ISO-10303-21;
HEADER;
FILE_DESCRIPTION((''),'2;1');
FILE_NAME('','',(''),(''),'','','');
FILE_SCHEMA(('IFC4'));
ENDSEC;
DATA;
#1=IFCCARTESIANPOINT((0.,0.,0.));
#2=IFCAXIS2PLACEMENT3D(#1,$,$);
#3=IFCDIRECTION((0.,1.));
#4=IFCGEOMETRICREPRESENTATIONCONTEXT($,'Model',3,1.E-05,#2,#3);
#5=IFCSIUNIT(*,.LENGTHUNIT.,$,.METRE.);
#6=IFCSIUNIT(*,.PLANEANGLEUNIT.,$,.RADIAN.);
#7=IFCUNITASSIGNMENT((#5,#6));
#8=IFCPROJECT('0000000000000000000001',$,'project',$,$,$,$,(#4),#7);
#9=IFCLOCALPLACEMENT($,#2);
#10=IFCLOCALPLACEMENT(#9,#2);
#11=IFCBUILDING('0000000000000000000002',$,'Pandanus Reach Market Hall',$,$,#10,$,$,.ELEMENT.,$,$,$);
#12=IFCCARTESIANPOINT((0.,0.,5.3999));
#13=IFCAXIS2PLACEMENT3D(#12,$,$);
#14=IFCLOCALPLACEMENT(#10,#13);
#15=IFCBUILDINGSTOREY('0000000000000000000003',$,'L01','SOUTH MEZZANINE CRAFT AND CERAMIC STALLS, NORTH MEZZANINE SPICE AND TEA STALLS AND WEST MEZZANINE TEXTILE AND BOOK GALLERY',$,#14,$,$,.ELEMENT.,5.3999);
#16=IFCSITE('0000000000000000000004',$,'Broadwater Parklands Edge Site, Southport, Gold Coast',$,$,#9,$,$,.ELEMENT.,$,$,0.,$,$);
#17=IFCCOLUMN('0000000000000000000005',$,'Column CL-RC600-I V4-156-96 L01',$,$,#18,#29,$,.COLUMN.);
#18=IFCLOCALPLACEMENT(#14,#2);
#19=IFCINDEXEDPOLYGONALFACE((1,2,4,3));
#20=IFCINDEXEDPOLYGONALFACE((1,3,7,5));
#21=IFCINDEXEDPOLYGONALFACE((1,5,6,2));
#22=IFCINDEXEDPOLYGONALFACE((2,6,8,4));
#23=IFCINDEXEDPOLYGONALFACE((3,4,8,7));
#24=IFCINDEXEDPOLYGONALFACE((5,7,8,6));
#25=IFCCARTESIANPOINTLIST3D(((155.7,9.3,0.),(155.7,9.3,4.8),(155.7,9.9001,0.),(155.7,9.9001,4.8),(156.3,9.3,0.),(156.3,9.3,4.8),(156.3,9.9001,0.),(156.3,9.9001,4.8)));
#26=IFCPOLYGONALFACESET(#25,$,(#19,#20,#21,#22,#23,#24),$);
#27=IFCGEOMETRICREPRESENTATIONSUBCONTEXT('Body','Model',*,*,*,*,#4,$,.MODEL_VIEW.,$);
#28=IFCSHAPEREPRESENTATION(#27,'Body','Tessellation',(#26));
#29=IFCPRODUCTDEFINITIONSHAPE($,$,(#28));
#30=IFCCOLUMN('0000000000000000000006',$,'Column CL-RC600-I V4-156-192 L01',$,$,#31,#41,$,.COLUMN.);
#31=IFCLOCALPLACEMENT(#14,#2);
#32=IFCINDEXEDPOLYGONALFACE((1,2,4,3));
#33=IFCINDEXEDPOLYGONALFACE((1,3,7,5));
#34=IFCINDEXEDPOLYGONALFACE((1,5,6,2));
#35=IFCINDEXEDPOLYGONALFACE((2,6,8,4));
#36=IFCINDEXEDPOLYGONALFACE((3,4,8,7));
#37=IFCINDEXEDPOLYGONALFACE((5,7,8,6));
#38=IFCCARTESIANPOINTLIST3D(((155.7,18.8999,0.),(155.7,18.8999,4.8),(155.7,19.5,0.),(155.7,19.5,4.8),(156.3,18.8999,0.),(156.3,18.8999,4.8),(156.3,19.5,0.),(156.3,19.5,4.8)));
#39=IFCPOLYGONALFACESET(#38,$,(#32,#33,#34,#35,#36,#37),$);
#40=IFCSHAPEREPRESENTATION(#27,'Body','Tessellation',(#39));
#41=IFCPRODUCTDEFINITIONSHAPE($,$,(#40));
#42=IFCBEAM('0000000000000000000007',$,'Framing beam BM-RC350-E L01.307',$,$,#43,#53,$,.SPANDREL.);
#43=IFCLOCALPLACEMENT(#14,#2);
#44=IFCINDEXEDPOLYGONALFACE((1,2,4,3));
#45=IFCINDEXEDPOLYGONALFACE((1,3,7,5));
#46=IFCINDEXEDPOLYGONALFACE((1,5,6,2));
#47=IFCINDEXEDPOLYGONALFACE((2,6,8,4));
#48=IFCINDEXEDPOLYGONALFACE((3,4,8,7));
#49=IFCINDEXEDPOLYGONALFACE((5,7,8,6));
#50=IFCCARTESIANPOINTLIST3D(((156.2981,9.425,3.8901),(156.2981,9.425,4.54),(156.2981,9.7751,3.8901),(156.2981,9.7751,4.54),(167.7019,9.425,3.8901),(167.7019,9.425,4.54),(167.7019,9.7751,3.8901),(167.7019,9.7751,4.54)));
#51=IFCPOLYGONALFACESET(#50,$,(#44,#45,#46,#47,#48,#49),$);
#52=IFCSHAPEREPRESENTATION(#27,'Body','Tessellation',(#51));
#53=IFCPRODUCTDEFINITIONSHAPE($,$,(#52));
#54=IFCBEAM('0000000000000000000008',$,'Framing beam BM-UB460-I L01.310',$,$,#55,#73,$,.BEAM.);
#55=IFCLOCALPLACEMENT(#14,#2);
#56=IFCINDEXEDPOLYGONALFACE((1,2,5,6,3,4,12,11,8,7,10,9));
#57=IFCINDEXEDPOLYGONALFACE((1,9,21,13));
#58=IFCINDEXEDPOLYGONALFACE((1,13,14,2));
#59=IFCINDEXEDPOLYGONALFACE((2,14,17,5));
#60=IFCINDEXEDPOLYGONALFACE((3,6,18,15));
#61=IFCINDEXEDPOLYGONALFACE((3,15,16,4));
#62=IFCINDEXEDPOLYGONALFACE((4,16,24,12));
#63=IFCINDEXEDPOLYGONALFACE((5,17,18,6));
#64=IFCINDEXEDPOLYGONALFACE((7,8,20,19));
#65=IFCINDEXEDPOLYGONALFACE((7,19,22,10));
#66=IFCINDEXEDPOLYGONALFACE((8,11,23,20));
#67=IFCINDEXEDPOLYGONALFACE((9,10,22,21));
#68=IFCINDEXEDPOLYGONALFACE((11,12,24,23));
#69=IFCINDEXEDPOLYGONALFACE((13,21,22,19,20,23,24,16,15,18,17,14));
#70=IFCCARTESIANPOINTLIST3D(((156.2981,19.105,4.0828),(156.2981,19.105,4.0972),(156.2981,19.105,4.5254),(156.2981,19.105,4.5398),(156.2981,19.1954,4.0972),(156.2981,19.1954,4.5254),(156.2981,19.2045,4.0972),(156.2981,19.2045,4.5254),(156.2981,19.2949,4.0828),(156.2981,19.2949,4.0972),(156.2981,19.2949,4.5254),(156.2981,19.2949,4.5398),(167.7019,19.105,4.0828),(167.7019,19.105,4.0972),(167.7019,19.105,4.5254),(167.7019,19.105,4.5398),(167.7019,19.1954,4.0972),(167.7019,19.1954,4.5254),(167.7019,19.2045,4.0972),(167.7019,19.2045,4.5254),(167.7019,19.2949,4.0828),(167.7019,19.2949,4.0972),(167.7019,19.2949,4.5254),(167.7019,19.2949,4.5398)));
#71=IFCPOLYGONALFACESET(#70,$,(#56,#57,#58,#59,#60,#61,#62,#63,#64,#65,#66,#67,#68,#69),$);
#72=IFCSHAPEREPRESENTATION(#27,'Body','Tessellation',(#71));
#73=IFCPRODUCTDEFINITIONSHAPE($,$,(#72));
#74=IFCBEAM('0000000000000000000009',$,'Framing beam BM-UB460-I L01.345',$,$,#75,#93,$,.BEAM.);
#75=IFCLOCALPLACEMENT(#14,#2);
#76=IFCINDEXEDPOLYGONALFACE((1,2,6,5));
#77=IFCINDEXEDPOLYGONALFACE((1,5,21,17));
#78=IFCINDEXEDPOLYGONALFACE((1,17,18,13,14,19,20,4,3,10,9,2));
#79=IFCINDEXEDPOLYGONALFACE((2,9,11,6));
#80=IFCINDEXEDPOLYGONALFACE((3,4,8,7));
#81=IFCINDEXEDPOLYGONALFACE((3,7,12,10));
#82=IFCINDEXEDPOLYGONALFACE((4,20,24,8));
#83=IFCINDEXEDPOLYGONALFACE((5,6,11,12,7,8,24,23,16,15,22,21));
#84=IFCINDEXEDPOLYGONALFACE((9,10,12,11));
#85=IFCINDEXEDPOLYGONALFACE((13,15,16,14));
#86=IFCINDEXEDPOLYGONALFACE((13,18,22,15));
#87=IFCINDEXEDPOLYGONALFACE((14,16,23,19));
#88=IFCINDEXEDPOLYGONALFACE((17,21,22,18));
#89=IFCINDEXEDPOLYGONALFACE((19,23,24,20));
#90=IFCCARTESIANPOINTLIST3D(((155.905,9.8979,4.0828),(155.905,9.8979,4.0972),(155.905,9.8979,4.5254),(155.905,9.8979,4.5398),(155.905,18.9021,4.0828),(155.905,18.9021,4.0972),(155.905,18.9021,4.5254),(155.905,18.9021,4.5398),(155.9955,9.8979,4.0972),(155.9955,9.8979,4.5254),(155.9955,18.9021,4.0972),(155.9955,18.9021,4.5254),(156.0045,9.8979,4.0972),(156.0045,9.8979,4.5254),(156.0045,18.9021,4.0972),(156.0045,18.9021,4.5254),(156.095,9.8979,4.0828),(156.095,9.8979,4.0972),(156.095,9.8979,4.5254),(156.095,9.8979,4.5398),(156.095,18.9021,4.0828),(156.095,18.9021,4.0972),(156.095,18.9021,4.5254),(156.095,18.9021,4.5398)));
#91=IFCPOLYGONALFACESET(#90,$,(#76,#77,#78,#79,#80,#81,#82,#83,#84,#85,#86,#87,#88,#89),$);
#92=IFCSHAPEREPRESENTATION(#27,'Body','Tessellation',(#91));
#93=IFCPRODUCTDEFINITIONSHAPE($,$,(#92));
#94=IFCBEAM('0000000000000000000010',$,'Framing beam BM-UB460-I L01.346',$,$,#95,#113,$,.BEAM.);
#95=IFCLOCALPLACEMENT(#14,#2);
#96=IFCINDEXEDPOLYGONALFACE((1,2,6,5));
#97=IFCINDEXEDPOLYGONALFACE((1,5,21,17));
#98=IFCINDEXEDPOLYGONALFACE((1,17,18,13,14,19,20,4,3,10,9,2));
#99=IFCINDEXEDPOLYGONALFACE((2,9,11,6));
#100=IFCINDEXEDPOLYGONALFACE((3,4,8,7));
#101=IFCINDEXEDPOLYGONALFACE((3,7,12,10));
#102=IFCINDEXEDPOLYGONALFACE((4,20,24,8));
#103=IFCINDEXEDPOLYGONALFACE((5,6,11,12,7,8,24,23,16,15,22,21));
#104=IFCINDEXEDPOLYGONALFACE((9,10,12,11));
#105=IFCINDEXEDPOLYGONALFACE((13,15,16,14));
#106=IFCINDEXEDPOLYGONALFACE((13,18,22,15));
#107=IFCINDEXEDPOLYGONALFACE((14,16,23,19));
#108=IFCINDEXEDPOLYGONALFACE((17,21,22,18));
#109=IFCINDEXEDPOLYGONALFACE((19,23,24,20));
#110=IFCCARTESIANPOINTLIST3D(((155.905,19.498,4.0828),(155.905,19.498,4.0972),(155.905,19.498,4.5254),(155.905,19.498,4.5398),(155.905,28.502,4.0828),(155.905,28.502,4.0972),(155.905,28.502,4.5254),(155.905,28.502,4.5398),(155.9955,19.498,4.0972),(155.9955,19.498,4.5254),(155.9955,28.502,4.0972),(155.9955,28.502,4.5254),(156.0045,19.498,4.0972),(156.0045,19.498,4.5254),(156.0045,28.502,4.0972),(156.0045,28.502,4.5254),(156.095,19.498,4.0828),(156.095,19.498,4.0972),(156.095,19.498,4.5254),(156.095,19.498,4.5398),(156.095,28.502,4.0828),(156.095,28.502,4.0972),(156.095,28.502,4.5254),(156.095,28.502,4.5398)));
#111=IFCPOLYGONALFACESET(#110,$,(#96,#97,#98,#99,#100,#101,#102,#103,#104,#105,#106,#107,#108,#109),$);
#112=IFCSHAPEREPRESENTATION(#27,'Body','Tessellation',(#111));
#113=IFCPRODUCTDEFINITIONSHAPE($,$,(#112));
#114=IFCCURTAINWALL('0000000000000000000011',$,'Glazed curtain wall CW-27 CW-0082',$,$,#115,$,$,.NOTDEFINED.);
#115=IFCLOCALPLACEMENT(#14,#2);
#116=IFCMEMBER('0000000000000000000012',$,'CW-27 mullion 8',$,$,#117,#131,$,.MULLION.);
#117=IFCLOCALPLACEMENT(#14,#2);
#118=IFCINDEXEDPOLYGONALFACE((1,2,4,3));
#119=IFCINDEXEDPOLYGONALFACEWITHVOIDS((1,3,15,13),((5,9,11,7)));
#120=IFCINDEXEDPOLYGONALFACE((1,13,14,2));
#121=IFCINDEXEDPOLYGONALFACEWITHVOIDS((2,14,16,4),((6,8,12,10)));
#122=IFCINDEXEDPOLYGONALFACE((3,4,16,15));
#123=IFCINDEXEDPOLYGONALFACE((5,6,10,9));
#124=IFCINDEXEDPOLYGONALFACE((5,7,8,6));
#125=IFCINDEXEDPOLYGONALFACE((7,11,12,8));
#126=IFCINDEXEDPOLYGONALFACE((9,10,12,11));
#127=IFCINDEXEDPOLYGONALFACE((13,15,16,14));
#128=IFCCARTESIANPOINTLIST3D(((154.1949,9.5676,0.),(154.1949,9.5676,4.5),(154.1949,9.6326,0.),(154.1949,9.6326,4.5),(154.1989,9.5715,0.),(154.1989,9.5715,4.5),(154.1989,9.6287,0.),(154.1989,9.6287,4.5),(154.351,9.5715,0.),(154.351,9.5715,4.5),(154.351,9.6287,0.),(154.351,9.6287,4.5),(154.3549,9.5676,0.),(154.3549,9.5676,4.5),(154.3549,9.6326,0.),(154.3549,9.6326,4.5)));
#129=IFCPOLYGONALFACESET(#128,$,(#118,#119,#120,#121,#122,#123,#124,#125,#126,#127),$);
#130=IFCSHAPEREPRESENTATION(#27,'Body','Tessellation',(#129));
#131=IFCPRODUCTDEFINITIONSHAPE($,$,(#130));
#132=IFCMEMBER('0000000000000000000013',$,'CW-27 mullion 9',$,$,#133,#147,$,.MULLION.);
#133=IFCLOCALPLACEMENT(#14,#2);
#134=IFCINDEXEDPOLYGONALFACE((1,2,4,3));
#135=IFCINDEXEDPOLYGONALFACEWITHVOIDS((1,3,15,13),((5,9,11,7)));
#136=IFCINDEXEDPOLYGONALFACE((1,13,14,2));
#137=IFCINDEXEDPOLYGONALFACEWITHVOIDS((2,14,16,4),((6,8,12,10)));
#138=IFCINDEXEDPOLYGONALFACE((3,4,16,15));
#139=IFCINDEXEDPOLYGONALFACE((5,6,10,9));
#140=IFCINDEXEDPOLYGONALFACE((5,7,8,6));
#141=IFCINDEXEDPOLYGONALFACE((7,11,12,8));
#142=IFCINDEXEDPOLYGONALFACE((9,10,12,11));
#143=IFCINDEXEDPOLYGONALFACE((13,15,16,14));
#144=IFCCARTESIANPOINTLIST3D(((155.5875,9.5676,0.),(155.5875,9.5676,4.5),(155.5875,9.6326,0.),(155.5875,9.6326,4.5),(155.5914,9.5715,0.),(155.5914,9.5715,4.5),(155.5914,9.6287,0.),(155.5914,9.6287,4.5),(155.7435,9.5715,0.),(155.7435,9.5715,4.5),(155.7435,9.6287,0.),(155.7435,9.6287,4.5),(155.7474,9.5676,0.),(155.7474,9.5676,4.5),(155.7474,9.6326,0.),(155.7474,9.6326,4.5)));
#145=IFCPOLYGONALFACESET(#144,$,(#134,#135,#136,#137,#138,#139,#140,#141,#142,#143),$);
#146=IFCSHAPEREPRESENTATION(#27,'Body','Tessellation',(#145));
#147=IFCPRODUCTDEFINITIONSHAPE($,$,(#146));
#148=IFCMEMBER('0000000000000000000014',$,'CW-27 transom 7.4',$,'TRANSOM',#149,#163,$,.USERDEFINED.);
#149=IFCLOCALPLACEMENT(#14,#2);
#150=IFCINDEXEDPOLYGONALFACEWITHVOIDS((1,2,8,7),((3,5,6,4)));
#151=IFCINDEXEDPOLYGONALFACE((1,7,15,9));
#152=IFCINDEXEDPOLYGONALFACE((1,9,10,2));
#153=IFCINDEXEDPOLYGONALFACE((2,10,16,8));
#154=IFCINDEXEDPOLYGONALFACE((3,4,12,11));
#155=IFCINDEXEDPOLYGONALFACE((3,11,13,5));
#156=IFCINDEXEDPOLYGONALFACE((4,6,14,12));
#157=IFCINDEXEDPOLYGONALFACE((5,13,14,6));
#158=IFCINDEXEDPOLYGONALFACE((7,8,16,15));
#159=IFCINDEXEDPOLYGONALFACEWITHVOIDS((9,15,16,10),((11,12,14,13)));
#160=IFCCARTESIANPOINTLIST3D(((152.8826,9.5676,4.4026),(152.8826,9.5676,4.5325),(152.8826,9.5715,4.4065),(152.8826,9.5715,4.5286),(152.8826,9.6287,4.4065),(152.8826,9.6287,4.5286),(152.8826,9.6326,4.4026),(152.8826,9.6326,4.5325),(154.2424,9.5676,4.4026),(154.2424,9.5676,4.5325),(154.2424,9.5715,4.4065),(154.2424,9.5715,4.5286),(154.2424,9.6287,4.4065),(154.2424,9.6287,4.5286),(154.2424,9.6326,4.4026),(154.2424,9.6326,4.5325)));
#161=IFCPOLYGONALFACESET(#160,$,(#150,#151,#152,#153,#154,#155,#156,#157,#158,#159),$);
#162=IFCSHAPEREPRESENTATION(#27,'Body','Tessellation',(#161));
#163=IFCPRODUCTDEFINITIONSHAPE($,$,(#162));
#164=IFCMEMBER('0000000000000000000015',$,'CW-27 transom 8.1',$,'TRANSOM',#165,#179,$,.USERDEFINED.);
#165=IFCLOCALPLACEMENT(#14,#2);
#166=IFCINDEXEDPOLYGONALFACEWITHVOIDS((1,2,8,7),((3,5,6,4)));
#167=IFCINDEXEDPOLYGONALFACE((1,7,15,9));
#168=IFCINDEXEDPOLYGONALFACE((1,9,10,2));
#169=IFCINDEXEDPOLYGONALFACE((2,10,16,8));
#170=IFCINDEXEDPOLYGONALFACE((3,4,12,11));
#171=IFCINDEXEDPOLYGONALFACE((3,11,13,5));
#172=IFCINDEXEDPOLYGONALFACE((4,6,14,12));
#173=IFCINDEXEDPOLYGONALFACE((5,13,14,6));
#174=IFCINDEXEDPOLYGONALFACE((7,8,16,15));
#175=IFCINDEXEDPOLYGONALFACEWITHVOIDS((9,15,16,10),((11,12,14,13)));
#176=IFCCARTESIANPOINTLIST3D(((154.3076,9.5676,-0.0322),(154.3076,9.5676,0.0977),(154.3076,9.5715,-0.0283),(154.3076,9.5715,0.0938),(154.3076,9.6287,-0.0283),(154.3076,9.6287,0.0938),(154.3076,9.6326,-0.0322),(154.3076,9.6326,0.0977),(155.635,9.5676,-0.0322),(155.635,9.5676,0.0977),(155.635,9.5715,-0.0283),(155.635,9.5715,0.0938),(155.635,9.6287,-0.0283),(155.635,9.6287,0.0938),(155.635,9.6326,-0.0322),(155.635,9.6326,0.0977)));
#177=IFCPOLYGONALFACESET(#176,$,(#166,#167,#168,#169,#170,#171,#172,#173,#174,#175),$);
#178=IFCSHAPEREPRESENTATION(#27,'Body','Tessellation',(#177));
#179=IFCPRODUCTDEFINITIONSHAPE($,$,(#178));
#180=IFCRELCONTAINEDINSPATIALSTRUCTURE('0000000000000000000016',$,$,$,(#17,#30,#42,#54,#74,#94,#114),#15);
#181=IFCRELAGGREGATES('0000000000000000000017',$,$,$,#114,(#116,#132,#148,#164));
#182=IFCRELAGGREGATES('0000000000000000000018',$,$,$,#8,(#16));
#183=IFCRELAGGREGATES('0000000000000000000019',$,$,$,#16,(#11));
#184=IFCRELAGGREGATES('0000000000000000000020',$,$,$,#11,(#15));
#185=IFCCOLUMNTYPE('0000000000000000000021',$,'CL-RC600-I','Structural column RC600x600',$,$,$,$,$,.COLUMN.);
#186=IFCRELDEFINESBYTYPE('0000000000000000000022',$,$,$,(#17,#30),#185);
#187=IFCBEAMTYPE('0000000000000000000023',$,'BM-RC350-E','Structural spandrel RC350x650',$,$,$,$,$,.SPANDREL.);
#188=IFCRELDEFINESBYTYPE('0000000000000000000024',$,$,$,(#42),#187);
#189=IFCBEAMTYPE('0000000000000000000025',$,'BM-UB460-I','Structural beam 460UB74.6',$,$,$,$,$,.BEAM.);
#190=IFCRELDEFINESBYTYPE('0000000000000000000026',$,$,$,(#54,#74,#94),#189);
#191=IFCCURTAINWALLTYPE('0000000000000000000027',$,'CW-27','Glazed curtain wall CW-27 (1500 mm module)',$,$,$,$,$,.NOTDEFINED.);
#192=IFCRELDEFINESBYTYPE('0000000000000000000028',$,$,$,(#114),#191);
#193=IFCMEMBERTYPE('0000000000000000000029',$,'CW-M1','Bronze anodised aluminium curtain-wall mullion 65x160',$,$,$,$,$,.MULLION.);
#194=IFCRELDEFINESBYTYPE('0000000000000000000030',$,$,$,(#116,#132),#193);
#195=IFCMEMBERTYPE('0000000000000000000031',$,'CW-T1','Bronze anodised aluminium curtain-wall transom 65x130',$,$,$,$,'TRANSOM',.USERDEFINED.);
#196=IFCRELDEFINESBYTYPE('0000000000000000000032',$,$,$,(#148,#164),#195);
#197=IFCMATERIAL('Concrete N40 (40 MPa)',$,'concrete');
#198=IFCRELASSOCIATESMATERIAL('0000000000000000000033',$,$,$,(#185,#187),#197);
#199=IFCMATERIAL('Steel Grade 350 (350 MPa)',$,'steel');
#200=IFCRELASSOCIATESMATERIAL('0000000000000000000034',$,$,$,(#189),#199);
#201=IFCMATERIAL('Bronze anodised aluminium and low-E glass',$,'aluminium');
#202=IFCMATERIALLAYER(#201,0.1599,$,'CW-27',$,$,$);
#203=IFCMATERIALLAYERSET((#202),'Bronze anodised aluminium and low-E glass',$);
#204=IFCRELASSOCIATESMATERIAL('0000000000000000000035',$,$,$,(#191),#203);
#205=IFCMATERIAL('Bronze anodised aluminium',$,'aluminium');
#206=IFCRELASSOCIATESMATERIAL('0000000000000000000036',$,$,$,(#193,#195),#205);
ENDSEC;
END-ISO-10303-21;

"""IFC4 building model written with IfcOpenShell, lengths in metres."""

from ifc_helpers import new_model, si_unit, direction, frame, origin, origin_2d, place, context, subcontext, project, spatial, rectangle, hollow_rectangle, i_section, extrude, material, layer, layer_set, material_profile, profile_set, type_object, element, aggregate, save


model = new_model("IFC4")

# Units and contexts
model_context = context("Model", 3, precision=1e-05, world=origin(), true_north=direction((0.0, 1.0)))
body_context = subcontext(model_context, "Body", "Model", "MODEL_VIEW")
ifc_project = project(units=[si_unit("LENGTHUNIT", "METRE"), si_unit("PLANEANGLEUNIT", "RADIAN")], contexts=[model_context])

# Site, building, storey
site_placement = place(None, origin())
site = spatial("IfcSite", under=ifc_project, at=site_placement, Name="Broadwater Parklands Edge Site, Southport, Gold Coast", CompositionType="ELEMENT", RefElevation=0.0)
building_placement = place(site_placement, origin())
building = spatial("IfcBuilding", under=site, at=building_placement, Name="Pandanus Reach Market Hall", CompositionType="ELEMENT")
storey_placement = place(building_placement, frame((0.0, 0.0, 5.3999)))
storey = spatial("IfcBuildingStorey", under=building, at=storey_placement, Name="L01", Description="SOUTH MEZZANINE CRAFT AND CERAMIC STALLS, NORTH MEZZANINE SPICE AND TEA STALLS AND WEST MEZZANINE TEXTILE AND BOOK GALLERY", CompositionType="ELEMENT", Elevation=5.3999)

# Columns
ifc_material_1 = material(Name="Concrete N40 (40 MPa)", Category="concrete")
ifc_material_profile_1 = material_profile(ifc_material_1, rectangle(XDim=0.6001, YDim=0.6001, at=origin_2d()), Name="RC600x600", Category="LoadBearing")
ifc_profile_set_1 = profile_set([ifc_material_profile_1], Name="Concrete N40 (40 MPa)")
column_type = type_object("IfcColumnType", Name="CL-RC600-I", Description="Structural column RC600x600", PredefinedType="COLUMN", material=ifc_profile_set_1)
for number, where, z_axis, x_axis, name in (
    (1, (156.0, 9.6001, 0.0), (0.0, 0.0, 1.0), (1.0, 0.0, 0.0), "Column CL-RC600-I V4-156-96 L01"),
    (2, (156.0, 19.2, 0.0), (0.0, 0.0, 1.0), (1.0, 0.0, 0.0), "Column CL-RC600-I V4-156-192 L01"),
):
    element("IfcColumn", number, at=place(storey_placement, frame(where, z_axis=z_axis, x_axis=x_axis)), inside=storey, type_object=column_type, Name=name, PredefinedType="COLUMN", context=body_context, shape_type="SweptSolid", body=[
        extrude(rectangle(XDim=0.6001, YDim=0.6001, at=origin_2d()), origin(), (0.0, 0.0, 1.0), 4.8),
    ])

# Beams
ifc_material_profile_2 = material_profile(ifc_material_1, rectangle(XDim=0.3501, YDim=0.6499, at=origin_2d()), Name="RC350x650", Category="LoadBearing")
ifc_profile_set_2 = profile_set([ifc_material_profile_2], Name="Concrete N40 (40 MPa)")
beam_type_1 = type_object("IfcBeamType", Name="BM-RC350-E", Description="Structural spandrel RC350x650", PredefinedType="SPANDREL", material=ifc_profile_set_2)
beam_1_placement = place(storey_placement, frame((156.2981, 9.6001, 4.2151), z_axis=(1.0, 0.0, 0.0), x_axis=(0.0, 1.0, 0.0)))
element("IfcBeam", 3, at=beam_1_placement, inside=storey, type_object=beam_type_1, Name="Framing beam BM-RC350-E L01.307", PredefinedType="SPANDREL", context=body_context, shape_type="SweptSolid", body=[
    extrude(rectangle(XDim=0.3501, YDim=0.6499, at=origin_2d()), origin(), (0.0, 0.0, 1.0), 11.4038),
])
ifc_material_2 = material(Name="Steel Grade 350 (350 MPa)", Category="steel")
ifc_material_profile_3 = material_profile(ifc_material_2, i_section(OverallWidth=0.1899, OverallDepth=0.457, WebThickness=0.009, FlangeThickness=0.0144, at=origin_2d()), Name="460UB74.6", Category="LoadBearing")
ifc_profile_set_3 = profile_set([ifc_material_profile_3], Name="Steel Grade 350 (350 MPa)")
beam_type_2 = type_object("IfcBeamType", Name="BM-UB460-I", Description="Structural beam 460UB74.6", PredefinedType="BEAM", material=ifc_profile_set_3)
beam_2_placement = place(storey_placement, frame((156.2981, 19.2, 4.3113), z_axis=(1.0, 0.0, 0.0), x_axis=(0.0, 1.0, 0.0)))
element("IfcBeam", 4, at=beam_2_placement, inside=storey, type_object=beam_type_2, Name="Framing beam BM-UB460-I L01.310", PredefinedType="BEAM", context=body_context, shape_type="SweptSolid", body=[
    extrude(i_section(OverallWidth=0.1899, OverallDepth=0.457, WebThickness=0.009, FlangeThickness=0.0144, at=origin_2d()), origin(), (0.0, 0.0, 1.0), 11.4038),
])
beam_3_placement = place(storey_placement, frame((156.0, 9.8979, 4.3113), z_axis=(0.0, 1.0, 0.0), x_axis=(-1.0, 0.0, 0.0)))
element("IfcBeam", 5, at=beam_3_placement, inside=storey, type_object=beam_type_2, Name="Framing beam BM-UB460-I L01.345", PredefinedType="BEAM", context=body_context, shape_type="SweptSolid", body=[
    extrude(i_section(OverallWidth=0.1899, OverallDepth=0.457, WebThickness=0.009, FlangeThickness=0.0144, at=origin_2d()), origin(), (0.0, 0.0, 1.0), 9.0042),
])
beam_4_placement = place(storey_placement, frame((156.0, 19.498, 4.3113), z_axis=(0.0, 1.0, 0.0), x_axis=(-1.0, 0.0, 0.0)))
element("IfcBeam", 6, at=beam_4_placement, inside=storey, type_object=beam_type_2, Name="Framing beam BM-UB460-I L01.346", PredefinedType="BEAM", context=body_context, shape_type="SweptSolid", body=[
    extrude(i_section(OverallWidth=0.1899, OverallDepth=0.457, WebThickness=0.009, FlangeThickness=0.0144, at=origin_2d()), origin(), (0.0, 0.0, 1.0), 9.0039),
])

# Curtain wall, members
ifc_material_3 = material(Name="Bronze anodised aluminium and low-E glass", Category="aluminium")
ifc_layer_1 = layer(ifc_material_3, 0.1599, Name="CW-27")
ifc_layer_set_1 = layer_set([ifc_layer_1], Name="Bronze anodised aluminium and low-E glass")
curtain_wall_type = type_object("IfcCurtainWallType", Name="CW-27", Description="Glazed curtain wall CW-27 (1500 mm module)", PredefinedType="NOTDEFINED", material=ifc_layer_set_1)
curtain_wall_placement = place(storey_placement, origin())
curtain_wall = element("IfcCurtainWall", 7, at=curtain_wall_placement, inside=storey, type_object=curtain_wall_type, Name="Glazed curtain wall CW-27 CW-0082", PredefinedType="NOTDEFINED")
ifc_material_4 = material(Name="Bronze anodised aluminium", Category="aluminium")
ifc_material_profile_4 = material_profile(ifc_material_4, hollow_rectangle(XDim=0.0649, YDim=0.1599, WallThickness=0.0039, at=origin_2d()), Name="ALU65x160", Category="LoadBearing")
ifc_profile_set_4 = profile_set([ifc_material_profile_4], Name="Bronze anodised aluminium")
member_type_1 = type_object("IfcMemberType", Name="CW-M1", Description="Bronze anodised aluminium curtain-wall mullion 65x160", PredefinedType="MULLION", material=ifc_profile_set_4)
member_1_placement = place(storey_placement, frame((154.2749, 9.6001, 0.0), z_axis=(0.0, 0.0, 1.0), x_axis=(0.0, 1.0, 0.0)))
member_1 = element("IfcMember", 8, at=member_1_placement, type_object=member_type_1, Name="CW-27 mullion 8", PredefinedType="MULLION", context=body_context, shape_type="SweptSolid", body=[
    extrude(hollow_rectangle(XDim=0.0649, YDim=0.1599, WallThickness=0.0039, at=origin_2d()), origin(), (0.0, 0.0, 1.0), 4.5),
])
member_2_placement = place(storey_placement, frame((155.6675, 9.6001, 0.0), z_axis=(0.0, 0.0, 1.0), x_axis=(0.0, 1.0, 0.0)))
member_2 = element("IfcMember", 9, at=member_2_placement, type_object=member_type_1, Name="CW-27 mullion 9", PredefinedType="MULLION", context=body_context, shape_type="SweptSolid", body=[
    extrude(hollow_rectangle(XDim=0.0649, YDim=0.1599, WallThickness=0.0039, at=origin_2d()), origin(), (0.0, 0.0, 1.0), 4.5),
])
ifc_material_profile_5 = material_profile(ifc_material_4, hollow_rectangle(XDim=0.0649, YDim=0.1299, WallThickness=0.0039, at=origin_2d()), Name="ALU65x130", Category="LoadBearing")
ifc_profile_set_5 = profile_set([ifc_material_profile_5], Name="Bronze anodised aluminium")
member_type_2 = type_object("IfcMemberType", Name="CW-T1", Description="Bronze anodised aluminium curtain-wall transom 65x130", ElementType="TRANSOM", PredefinedType="USERDEFINED", material=ifc_profile_set_5)
member_3_placement = place(storey_placement, frame((152.8826, 9.6001, 4.4675), z_axis=(1.0, 0.0, 0.0), x_axis=(0.0, 1.0, 0.0)))
member_3 = element("IfcMember", 10, at=member_3_placement, type_object=member_type_2, Name="CW-27 transom 7.4", ObjectType="TRANSOM", PredefinedType="USERDEFINED", context=body_context, shape_type="SweptSolid", body=[
    extrude(hollow_rectangle(XDim=0.0649, YDim=0.1299, WallThickness=0.0039, at=origin_2d()), origin(), (0.0, 0.0, 1.0), 1.3599),
])
member_4_placement = place(storey_placement, frame((154.3076, 9.6001, 0.0327), z_axis=(1.0, 0.0, 0.0), x_axis=(0.0, 1.0, 0.0)))
member_4 = element("IfcMember", 11, at=member_4_placement, type_object=member_type_2, Name="CW-27 transom 8.1", ObjectType="TRANSOM", PredefinedType="USERDEFINED", context=body_context, shape_type="SweptSolid", body=[
    extrude(hollow_rectangle(XDim=0.0649, YDim=0.1299, WallThickness=0.0039, at=origin_2d()), origin(), (0.0, 0.0, 1.0), 1.3274),
])

aggregate(curtain_wall, [member_1, member_2, member_3, member_4])

save(model, "model.ifc")
